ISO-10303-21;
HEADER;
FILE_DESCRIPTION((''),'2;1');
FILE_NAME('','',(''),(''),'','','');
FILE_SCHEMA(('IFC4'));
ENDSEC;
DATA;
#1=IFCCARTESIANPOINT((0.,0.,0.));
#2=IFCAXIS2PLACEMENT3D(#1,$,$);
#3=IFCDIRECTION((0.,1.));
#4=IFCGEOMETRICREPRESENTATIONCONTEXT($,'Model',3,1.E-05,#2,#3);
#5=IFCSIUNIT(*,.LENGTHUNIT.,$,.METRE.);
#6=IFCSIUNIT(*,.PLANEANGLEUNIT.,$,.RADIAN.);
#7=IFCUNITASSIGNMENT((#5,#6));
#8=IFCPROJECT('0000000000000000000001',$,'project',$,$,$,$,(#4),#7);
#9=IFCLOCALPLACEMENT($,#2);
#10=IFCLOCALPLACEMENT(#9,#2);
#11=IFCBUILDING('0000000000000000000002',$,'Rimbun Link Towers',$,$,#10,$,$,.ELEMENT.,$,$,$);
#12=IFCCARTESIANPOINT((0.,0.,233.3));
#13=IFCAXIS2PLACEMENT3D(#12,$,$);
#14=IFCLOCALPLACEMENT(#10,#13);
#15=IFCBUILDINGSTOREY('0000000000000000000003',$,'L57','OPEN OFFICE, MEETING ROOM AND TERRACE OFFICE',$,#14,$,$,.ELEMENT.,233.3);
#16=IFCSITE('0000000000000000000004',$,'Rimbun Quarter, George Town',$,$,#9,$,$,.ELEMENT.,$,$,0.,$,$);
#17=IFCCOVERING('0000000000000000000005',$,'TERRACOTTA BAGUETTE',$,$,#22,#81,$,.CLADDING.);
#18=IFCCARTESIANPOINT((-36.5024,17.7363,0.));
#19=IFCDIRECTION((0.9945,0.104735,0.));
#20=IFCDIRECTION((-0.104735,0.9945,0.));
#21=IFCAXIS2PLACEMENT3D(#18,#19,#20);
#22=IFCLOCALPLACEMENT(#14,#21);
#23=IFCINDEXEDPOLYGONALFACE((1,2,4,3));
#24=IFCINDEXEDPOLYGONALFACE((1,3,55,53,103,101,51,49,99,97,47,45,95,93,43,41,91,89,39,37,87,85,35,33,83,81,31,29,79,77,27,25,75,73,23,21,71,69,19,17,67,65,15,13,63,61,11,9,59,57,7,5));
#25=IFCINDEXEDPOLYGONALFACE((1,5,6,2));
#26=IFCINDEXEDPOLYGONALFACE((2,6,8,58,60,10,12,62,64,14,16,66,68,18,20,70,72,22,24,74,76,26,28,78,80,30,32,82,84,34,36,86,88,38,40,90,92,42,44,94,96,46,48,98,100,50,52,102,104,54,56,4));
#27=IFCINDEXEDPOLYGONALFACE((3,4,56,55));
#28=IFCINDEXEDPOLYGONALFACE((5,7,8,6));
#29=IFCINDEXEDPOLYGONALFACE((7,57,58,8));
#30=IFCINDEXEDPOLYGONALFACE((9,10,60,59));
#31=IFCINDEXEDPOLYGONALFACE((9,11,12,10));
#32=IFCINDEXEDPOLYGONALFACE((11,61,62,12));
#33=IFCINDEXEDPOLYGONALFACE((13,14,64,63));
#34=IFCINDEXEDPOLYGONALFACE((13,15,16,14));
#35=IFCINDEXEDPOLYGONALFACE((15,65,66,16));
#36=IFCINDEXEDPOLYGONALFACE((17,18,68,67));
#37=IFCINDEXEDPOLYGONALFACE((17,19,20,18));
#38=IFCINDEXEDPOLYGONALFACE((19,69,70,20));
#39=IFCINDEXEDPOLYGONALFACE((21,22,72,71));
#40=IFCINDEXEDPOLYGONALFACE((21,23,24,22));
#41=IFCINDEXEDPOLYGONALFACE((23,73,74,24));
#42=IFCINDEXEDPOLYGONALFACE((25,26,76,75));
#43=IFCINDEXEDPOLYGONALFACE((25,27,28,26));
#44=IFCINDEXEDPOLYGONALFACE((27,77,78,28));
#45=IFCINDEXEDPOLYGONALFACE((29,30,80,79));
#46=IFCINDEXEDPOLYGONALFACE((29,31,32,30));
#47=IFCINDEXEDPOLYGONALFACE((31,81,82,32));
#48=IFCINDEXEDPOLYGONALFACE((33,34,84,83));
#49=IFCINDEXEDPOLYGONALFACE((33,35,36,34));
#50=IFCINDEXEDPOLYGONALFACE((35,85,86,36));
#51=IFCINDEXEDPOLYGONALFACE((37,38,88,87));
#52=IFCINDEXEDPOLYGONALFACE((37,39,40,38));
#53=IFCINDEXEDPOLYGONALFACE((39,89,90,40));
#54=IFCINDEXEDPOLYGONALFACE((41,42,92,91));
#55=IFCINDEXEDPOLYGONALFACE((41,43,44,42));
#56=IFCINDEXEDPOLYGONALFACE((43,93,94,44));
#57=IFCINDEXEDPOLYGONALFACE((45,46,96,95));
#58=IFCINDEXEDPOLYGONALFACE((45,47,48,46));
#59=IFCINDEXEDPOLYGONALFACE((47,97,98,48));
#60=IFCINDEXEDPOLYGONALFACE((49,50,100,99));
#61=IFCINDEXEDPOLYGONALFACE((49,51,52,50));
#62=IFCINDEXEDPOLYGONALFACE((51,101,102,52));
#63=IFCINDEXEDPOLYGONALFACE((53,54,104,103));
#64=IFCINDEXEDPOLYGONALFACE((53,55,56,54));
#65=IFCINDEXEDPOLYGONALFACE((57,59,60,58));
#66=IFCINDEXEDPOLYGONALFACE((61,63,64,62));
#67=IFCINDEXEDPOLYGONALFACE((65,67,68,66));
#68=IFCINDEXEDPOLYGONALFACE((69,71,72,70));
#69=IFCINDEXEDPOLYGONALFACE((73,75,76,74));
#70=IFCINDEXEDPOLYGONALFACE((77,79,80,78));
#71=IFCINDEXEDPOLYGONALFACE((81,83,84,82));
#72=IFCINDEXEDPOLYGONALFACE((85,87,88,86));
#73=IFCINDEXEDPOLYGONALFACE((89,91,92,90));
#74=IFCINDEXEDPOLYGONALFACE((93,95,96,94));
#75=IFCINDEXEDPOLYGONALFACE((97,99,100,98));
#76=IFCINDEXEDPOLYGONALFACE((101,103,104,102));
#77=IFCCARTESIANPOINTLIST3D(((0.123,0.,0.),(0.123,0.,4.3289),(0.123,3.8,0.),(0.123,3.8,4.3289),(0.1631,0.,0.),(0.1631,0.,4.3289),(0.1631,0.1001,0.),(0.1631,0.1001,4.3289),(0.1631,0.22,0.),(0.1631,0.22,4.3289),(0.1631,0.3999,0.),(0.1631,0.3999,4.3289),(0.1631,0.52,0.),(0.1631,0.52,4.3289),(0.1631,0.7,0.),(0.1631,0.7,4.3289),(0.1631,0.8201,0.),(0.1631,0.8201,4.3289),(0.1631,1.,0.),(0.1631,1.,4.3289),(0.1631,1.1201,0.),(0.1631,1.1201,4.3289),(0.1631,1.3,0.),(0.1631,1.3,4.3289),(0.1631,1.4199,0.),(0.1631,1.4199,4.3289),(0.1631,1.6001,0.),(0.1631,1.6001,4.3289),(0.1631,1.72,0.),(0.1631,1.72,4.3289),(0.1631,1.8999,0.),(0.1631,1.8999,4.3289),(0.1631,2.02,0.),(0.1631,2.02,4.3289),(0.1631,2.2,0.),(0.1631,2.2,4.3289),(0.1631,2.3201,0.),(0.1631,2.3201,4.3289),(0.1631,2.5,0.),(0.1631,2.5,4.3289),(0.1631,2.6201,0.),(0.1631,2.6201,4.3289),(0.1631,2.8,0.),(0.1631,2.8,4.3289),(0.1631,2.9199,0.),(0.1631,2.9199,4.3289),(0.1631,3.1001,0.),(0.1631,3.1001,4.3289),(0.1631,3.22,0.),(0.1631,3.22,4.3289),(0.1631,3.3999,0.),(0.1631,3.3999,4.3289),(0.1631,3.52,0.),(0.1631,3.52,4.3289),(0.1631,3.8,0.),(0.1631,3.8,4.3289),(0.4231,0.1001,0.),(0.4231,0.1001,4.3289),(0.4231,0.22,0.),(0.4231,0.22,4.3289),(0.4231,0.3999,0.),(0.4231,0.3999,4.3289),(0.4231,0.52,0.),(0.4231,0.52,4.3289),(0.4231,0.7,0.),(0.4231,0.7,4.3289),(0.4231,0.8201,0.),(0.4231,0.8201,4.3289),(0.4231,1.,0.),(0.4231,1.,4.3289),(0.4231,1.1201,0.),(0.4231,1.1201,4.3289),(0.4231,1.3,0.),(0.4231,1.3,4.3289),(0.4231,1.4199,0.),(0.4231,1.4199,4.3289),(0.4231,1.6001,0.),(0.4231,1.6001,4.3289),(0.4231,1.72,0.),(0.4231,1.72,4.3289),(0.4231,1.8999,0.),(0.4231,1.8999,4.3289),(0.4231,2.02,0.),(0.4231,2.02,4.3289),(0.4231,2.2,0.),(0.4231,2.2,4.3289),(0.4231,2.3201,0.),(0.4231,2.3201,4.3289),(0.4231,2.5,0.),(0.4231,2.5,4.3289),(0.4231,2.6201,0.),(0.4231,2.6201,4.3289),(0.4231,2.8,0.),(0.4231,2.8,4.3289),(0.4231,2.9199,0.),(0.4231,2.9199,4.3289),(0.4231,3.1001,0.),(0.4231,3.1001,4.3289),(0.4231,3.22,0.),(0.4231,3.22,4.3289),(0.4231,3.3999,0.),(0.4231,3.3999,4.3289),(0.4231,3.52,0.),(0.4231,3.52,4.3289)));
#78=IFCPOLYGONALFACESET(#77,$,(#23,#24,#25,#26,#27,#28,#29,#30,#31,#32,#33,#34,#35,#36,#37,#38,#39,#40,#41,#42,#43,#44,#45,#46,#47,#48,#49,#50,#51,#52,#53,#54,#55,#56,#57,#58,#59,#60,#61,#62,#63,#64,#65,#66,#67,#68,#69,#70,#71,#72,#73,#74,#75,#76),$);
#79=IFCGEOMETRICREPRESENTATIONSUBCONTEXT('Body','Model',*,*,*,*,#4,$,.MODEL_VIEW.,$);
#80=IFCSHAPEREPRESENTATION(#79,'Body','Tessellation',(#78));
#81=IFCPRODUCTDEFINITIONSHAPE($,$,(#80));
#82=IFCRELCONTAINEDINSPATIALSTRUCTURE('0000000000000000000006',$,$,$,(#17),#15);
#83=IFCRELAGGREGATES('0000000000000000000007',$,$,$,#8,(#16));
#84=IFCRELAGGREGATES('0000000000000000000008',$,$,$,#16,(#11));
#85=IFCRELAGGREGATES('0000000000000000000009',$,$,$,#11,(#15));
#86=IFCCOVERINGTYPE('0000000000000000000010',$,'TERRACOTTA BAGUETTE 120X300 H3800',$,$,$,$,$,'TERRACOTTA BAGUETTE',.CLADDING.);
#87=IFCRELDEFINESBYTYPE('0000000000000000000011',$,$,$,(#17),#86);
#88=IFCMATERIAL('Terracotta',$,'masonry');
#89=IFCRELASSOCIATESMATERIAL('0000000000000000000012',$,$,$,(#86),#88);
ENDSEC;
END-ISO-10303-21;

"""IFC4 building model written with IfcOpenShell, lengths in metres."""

from ifc_helpers import new_model, si_unit, direction, frame, origin, place, context, subcontext, project, spatial, polyline, outline, extrude, material, material_profile, profile_set, type_object, element, save


model = new_model("IFC4")

# Units and contexts
model_context = context("Model", 3, precision=1e-05, world=origin(), true_north=direction((0.0, 1.0)))
body_context = subcontext(model_context, "Body", "Model", "MODEL_VIEW")
ifc_project = project(units=[si_unit("LENGTHUNIT", "METRE"), si_unit("PLANEANGLEUNIT", "RADIAN")], contexts=[model_context])

# Site, building, storey
site_placement = place(None, origin())
site = spatial("IfcSite", under=ifc_project, at=site_placement, Name="Rimbun Quarter, George Town", CompositionType="ELEMENT", RefElevation=0.0)
building_placement = place(site_placement, origin())
building = spatial("IfcBuilding", under=site, at=building_placement, Name="Rimbun Link Towers", CompositionType="ELEMENT")
storey_placement = place(building_placement, frame((0.0, 0.0, 233.3)))
storey = spatial("IfcBuildingStorey", under=building, at=storey_placement, Name="L57", Description="OPEN OFFICE, MEETING ROOM AND TERRACE OFFICE", CompositionType="ELEMENT", Elevation=233.3)

# Covering
ifc_material_1 = material(Name="Terracotta", Category="masonry")
ifc_material_profile_1 = material_profile(ifc_material_1, outline(polyline([(0.123, 0.0), (0.1631, 0.0), (0.1631, 0.1001), (0.4231, 0.1001), (0.4231, 0.22), (0.1631, 0.22), (0.1631, 0.3999), (0.4231, 0.3999), (0.4231, 0.52), (0.1631, 0.52), (0.1631, 0.7), (0.4231, 0.7), (0.4231, 0.8201), (0.1631, 0.8201), (0.1631, 1.0), (0.4231, 1.0), (0.4231, 1.1201), (0.1631, 1.1201), (0.1631, 1.3), (0.4231, 1.3), (0.4231, 1.4199), (0.1631, 1.4199), (0.1631, 1.6001), (0.4231, 1.6001), (0.4231, 1.72), (0.1631, 1.72), (0.1631, 1.8999), (0.4231, 1.8999), (0.4231, 2.02), (0.1631, 2.02), (0.1631, 2.2), (0.4231, 2.2), (0.4231, 2.3201), (0.1631, 2.3201), (0.1631, 2.5), (0.4231, 2.5), (0.4231, 2.6201), (0.1631, 2.6201), (0.1631, 2.8), (0.4231, 2.8), (0.4231, 2.9199), (0.1631, 2.9199), (0.1631, 3.1001), (0.4231, 3.1001), (0.4231, 3.22), (0.1631, 3.22), (0.1631, 3.3999), (0.4231, 3.3999), (0.4231, 3.52), (0.1631, 3.52), (0.1631, 3.8), (0.123, 3.8), (0.123, 0.0)])), Name="BAGUETTE 120X300")
ifc_profile_set_1 = profile_set([ifc_material_profile_1], Name="Terracotta")
covering_type = type_object("IfcCoveringType", Name="TERRACOTTA BAGUETTE 120X300 H3800", ElementType="TERRACOTTA BAGUETTE", PredefinedType="CLADDING", material=ifc_profile_set_1)
covering_placement = place(storey_placement, frame((-36.5024, 17.7363, 0.0), z_axis=(0.9945, 0.104735, 0.0), x_axis=(-0.104735, 0.9945, 0.0)))
element("IfcCovering", 1, at=covering_placement, inside=storey, type_object=covering_type, Name="TERRACOTTA BAGUETTE", PredefinedType="CLADDING", context=body_context, shape_type="SweptSolid", body=[
    extrude(outline(polyline([(0.123, 0.0), (0.1631, 0.0), (0.1631, 0.1001), (0.4231, 0.1001), (0.4231, 0.22), (0.1631, 0.22), (0.1631, 0.3999), (0.4231, 0.3999), (0.4231, 0.52), (0.1631, 0.52), (0.1631, 0.7), (0.4231, 0.7), (0.4231, 0.8201), (0.1631, 0.8201), (0.1631, 1.0), (0.4231, 1.0), (0.4231, 1.1201), (0.1631, 1.1201), (0.1631, 1.3), (0.4231, 1.3), (0.4231, 1.4199), (0.1631, 1.4199), (0.1631, 1.6001), (0.4231, 1.6001), (0.4231, 1.72), (0.1631, 1.72), (0.1631, 1.8999), (0.4231, 1.8999), (0.4231, 2.02), (0.1631, 2.02), (0.1631, 2.2), (0.4231, 2.2), (0.4231, 2.3201), (0.1631, 2.3201), (0.1631, 2.5), (0.4231, 2.5), (0.4231, 2.6201), (0.1631, 2.6201), (0.1631, 2.8), (0.4231, 2.8), (0.4231, 2.9199), (0.1631, 2.9199), (0.1631, 3.1001), (0.4231, 3.1001), (0.4231, 3.22), (0.1631, 3.22), (0.1631, 3.3999), (0.4231, 3.3999), (0.4231, 3.52), (0.1631, 3.52), (0.1631, 3.8), (0.123, 3.8), (0.123, 0.0)])), origin(), (0.0, 0.0, 1.0), 4.3289),
])

save(model, "model.ifc")
